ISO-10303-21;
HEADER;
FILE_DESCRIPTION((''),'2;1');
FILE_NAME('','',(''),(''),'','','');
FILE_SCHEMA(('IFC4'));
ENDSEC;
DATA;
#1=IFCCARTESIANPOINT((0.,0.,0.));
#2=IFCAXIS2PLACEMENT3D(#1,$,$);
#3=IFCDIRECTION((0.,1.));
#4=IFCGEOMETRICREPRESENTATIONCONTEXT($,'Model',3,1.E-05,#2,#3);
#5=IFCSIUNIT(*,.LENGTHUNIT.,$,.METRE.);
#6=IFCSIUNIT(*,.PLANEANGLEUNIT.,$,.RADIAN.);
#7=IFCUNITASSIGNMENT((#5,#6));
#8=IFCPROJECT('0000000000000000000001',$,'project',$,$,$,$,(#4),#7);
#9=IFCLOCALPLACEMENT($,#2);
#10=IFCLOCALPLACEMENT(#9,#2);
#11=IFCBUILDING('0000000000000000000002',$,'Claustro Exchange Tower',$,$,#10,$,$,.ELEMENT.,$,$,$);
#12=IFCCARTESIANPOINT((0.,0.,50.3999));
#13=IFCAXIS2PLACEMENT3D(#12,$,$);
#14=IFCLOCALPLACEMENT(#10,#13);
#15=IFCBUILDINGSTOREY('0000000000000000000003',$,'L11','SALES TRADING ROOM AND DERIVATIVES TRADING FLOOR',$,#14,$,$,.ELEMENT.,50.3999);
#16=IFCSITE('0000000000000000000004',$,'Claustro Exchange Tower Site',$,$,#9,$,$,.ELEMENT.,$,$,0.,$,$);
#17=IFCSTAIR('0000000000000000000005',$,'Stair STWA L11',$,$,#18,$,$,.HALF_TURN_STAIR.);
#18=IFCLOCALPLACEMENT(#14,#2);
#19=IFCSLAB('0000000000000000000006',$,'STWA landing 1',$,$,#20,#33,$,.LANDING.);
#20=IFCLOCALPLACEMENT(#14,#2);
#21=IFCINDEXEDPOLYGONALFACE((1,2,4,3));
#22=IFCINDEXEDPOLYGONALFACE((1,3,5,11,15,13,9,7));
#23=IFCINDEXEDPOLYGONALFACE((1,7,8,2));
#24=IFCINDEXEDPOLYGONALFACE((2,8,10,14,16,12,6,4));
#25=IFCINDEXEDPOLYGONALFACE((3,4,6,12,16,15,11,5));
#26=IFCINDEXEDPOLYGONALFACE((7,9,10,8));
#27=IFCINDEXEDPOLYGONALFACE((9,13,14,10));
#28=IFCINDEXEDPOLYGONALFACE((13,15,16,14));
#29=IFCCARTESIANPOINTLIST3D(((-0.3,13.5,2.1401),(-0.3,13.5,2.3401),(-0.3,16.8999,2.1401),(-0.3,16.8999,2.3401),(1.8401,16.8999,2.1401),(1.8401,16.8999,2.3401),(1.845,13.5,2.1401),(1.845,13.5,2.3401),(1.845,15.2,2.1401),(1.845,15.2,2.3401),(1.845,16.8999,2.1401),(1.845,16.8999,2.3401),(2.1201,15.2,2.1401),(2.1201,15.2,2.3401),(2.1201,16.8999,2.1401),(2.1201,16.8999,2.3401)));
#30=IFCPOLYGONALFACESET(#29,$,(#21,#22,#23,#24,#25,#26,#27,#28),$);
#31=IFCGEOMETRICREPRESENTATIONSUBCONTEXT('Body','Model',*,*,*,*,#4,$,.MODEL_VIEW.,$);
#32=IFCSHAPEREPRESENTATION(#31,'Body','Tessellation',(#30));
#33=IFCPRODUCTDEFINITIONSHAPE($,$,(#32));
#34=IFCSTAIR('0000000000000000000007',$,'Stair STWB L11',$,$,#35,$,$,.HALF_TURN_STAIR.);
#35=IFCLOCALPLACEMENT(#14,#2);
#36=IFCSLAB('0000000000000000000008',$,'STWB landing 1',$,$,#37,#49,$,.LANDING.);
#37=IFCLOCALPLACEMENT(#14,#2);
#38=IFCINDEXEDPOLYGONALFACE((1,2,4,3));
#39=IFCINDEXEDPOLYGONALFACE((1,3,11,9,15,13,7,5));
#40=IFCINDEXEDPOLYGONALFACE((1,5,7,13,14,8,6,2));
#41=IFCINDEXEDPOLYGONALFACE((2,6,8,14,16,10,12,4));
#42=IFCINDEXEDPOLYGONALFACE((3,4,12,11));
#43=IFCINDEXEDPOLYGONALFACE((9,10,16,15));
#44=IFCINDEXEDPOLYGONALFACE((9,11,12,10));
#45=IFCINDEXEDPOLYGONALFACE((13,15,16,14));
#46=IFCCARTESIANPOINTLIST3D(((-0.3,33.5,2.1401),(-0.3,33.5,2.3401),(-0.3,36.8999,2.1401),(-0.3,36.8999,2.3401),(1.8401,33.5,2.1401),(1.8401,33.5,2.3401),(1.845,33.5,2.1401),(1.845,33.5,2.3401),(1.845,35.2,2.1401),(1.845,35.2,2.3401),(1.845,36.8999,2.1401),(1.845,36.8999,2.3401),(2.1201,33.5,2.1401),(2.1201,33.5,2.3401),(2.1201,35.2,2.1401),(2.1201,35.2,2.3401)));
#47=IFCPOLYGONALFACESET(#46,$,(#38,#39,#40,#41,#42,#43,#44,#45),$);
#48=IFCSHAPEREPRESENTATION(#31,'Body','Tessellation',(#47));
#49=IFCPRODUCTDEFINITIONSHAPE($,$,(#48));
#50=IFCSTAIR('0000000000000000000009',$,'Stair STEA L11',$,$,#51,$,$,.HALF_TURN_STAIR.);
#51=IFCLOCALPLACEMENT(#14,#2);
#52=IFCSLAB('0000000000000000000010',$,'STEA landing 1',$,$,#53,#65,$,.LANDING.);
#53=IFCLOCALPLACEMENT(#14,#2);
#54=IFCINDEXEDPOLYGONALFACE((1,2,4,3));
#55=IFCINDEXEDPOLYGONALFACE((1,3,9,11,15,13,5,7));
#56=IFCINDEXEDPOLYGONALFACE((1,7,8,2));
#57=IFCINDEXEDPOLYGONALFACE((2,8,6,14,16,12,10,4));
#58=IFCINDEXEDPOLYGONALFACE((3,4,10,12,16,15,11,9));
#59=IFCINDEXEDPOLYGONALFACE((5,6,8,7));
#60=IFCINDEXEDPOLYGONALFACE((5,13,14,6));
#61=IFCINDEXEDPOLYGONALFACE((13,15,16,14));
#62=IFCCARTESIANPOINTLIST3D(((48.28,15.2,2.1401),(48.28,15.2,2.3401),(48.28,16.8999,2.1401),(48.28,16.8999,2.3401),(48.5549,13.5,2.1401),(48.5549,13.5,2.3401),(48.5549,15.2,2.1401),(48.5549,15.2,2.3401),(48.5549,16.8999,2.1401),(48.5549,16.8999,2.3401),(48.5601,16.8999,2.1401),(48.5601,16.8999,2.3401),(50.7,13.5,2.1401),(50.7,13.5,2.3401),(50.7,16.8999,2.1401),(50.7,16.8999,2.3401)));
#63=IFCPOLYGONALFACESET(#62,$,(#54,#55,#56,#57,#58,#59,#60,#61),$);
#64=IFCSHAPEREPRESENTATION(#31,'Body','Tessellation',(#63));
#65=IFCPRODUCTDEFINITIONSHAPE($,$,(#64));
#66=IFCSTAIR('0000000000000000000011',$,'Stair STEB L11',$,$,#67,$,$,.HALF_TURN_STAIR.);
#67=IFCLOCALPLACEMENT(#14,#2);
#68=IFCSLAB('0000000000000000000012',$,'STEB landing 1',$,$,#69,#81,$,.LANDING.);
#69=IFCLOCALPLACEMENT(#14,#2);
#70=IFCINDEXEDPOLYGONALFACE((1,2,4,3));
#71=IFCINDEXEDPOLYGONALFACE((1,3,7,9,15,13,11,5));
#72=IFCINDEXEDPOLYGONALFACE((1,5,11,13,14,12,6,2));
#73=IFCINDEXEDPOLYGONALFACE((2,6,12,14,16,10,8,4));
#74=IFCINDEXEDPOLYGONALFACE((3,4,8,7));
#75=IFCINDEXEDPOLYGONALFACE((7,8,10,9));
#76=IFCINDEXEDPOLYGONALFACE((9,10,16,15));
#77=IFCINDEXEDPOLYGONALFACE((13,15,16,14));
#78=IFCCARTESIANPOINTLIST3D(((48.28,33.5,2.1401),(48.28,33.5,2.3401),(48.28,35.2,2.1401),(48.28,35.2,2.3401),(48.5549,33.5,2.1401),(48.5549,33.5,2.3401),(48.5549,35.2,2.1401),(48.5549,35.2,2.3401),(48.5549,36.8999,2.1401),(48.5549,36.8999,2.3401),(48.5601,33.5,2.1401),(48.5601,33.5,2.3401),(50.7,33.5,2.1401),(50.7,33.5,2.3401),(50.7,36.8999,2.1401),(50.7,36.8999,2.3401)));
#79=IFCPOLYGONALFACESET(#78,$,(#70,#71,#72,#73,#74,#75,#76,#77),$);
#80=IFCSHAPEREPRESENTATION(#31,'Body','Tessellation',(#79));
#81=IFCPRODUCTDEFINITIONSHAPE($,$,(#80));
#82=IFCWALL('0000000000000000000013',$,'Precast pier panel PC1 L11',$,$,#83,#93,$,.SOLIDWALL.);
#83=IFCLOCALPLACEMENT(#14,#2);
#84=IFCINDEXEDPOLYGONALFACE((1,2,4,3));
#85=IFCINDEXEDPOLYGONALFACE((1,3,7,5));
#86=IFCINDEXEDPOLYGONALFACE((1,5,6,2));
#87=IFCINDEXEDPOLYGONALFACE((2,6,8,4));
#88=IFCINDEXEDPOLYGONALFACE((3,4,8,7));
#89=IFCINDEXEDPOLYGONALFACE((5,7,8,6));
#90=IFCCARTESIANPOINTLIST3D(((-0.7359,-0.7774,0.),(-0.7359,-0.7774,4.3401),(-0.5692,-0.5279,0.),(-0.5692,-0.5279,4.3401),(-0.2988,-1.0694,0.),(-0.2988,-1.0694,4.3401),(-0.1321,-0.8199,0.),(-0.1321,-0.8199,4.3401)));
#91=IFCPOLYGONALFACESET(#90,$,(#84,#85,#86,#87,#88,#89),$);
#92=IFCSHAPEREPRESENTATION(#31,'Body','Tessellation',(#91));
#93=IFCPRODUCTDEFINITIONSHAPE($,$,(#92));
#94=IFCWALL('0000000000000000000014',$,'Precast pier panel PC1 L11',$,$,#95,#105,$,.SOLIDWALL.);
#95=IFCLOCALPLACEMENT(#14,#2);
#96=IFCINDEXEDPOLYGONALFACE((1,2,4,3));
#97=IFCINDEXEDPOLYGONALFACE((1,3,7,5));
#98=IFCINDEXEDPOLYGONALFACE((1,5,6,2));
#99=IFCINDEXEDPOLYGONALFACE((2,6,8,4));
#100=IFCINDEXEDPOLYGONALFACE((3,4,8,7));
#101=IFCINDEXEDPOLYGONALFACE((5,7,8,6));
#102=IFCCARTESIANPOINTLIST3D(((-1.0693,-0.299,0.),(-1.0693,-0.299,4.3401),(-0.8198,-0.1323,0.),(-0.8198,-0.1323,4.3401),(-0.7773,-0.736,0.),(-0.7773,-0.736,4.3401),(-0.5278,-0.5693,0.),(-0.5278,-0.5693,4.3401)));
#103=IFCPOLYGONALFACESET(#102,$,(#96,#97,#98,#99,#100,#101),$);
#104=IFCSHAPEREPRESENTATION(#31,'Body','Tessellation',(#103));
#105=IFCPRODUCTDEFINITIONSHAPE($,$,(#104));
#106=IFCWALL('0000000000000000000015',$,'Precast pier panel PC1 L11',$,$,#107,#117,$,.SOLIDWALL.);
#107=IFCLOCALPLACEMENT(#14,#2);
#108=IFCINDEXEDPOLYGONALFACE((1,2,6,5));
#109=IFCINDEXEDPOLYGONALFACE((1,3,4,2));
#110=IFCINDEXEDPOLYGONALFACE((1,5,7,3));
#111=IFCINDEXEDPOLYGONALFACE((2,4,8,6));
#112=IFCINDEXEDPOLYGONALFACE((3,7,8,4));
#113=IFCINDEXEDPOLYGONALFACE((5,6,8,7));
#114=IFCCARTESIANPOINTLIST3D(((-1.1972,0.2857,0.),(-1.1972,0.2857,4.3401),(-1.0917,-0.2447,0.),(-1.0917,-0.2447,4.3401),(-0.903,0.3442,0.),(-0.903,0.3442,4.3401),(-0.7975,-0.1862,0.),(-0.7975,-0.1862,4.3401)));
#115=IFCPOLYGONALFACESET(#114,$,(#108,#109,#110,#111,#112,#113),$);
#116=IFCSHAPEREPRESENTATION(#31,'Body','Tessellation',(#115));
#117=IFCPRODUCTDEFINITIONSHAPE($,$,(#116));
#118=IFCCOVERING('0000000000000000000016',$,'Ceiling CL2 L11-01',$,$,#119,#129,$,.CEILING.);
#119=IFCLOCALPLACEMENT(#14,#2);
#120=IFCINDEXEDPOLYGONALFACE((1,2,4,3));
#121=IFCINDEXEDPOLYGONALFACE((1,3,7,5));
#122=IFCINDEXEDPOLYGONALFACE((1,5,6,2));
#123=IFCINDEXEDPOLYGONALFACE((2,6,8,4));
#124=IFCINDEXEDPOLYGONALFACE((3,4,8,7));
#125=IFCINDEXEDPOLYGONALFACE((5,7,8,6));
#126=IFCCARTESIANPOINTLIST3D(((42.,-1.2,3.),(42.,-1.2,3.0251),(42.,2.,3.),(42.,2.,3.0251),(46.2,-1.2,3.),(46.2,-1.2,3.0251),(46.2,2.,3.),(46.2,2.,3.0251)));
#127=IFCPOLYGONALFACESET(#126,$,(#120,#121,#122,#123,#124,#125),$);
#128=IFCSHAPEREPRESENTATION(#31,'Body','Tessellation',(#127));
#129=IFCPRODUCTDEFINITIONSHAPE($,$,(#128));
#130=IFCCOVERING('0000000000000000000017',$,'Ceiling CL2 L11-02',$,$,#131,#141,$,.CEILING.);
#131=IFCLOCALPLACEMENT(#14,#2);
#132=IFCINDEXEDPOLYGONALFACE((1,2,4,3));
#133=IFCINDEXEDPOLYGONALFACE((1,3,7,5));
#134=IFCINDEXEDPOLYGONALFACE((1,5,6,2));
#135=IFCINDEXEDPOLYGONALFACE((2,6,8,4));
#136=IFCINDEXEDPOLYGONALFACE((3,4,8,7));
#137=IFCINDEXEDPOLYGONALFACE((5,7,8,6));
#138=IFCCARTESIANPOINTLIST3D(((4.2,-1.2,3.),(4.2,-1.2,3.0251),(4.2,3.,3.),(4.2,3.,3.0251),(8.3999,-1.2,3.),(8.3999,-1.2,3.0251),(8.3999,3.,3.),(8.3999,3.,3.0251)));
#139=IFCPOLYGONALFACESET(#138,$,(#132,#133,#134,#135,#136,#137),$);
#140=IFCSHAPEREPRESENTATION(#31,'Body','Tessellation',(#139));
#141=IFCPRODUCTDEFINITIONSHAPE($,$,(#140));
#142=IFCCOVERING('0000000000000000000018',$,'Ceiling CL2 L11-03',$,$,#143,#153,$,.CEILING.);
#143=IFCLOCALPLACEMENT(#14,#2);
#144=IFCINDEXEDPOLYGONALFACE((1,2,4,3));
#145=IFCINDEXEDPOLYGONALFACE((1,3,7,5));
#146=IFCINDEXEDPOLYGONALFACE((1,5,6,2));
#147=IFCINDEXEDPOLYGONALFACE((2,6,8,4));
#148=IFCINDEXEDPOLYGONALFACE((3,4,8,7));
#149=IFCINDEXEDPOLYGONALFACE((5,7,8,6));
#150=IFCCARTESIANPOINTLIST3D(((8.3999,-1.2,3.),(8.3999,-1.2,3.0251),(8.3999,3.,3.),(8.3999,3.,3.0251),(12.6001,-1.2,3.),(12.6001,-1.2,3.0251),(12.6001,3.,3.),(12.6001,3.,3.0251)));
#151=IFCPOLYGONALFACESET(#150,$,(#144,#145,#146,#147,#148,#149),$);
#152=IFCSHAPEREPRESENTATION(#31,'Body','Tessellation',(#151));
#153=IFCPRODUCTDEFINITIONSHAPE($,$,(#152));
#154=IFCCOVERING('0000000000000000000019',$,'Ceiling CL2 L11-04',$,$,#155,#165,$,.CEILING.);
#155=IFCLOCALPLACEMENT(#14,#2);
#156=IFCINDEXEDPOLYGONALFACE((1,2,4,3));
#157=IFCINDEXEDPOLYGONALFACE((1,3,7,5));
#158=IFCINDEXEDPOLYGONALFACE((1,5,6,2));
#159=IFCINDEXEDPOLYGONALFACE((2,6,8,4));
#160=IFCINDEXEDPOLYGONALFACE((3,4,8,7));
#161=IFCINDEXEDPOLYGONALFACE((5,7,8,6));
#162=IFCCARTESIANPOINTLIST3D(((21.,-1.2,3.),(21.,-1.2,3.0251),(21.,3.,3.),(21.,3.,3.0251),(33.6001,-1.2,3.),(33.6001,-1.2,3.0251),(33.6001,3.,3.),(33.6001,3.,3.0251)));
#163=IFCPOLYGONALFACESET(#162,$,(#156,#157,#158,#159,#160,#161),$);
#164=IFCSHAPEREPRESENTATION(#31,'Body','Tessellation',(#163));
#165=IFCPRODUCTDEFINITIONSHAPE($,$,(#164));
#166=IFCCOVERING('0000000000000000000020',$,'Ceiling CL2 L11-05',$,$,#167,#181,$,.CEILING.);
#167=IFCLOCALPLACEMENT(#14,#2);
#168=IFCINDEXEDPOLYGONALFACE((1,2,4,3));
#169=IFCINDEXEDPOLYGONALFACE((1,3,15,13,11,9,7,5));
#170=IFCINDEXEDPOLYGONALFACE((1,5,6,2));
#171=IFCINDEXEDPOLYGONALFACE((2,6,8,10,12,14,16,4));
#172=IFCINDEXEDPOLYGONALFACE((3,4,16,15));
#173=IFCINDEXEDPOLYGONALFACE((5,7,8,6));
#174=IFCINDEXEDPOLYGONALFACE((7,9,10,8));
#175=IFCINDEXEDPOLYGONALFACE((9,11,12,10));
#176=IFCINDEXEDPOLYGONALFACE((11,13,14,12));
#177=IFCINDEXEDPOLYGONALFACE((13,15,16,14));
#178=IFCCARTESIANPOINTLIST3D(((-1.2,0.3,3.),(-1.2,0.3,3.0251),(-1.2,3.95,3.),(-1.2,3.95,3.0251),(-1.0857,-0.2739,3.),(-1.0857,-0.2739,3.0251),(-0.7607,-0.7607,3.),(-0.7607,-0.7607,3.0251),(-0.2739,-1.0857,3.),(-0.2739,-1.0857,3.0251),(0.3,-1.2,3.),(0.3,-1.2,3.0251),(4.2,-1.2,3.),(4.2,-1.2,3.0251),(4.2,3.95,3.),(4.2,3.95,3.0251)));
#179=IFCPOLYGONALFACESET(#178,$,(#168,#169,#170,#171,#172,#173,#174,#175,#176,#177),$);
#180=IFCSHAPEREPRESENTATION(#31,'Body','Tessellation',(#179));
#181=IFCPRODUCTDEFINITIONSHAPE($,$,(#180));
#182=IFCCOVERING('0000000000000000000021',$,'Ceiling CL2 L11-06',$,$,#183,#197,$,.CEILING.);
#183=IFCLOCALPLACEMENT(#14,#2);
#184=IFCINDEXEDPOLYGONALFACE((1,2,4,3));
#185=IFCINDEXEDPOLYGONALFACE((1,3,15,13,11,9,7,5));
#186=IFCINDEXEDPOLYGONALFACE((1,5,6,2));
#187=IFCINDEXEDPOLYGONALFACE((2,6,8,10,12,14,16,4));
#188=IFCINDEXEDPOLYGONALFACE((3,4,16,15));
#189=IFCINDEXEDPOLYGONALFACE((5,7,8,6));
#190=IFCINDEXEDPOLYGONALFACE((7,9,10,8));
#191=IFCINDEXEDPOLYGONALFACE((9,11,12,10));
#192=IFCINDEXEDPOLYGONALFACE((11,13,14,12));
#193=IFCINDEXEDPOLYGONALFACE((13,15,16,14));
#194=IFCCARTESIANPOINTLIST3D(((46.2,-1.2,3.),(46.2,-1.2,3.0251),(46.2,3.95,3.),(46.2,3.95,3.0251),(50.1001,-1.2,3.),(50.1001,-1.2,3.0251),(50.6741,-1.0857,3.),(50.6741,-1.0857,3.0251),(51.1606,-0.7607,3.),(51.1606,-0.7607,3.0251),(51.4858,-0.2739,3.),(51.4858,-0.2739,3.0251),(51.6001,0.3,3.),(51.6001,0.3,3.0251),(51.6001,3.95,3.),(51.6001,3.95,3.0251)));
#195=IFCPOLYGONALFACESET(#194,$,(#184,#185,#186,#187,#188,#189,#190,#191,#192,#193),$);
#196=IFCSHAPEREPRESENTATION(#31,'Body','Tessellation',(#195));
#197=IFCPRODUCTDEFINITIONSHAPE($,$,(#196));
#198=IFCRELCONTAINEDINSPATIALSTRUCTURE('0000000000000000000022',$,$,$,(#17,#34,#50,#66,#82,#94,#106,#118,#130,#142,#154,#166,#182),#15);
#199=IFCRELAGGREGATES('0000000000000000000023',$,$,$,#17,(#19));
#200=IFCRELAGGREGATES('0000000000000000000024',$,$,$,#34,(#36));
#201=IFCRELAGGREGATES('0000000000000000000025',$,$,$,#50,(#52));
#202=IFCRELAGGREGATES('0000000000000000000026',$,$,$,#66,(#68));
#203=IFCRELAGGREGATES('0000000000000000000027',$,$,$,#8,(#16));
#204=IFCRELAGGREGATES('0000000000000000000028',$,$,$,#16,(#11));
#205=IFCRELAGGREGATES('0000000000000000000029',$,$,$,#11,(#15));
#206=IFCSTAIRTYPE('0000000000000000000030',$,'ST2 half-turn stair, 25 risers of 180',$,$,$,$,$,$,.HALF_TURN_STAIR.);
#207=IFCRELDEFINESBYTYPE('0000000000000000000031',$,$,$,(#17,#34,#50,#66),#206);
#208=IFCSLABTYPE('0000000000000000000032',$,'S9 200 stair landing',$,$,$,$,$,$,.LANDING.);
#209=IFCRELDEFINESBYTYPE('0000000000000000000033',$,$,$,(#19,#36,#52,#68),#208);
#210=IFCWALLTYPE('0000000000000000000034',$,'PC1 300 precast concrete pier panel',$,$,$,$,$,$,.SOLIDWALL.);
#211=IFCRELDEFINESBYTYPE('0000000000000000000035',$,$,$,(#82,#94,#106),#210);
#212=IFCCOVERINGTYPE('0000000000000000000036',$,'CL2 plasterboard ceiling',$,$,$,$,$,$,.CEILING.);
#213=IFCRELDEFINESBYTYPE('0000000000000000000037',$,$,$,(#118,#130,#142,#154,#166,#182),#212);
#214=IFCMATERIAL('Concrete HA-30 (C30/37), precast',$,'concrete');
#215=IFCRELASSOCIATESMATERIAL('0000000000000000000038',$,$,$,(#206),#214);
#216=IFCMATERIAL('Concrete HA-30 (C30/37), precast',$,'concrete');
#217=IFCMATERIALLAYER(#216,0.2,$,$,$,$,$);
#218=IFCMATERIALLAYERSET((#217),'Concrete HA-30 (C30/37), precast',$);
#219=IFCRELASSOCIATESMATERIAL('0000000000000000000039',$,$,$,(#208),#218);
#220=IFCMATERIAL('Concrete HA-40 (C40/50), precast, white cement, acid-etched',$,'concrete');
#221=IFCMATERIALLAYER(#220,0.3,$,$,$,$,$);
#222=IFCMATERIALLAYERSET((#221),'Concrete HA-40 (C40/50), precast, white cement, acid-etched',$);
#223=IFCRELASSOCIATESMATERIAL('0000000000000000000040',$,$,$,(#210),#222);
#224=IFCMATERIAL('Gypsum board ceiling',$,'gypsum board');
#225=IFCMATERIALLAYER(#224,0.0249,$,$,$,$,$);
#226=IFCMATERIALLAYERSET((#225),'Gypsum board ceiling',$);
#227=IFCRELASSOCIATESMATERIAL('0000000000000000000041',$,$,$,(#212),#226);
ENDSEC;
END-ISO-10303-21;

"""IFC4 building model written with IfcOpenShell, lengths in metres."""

from ifc_helpers import new_model, si_unit, direction, frame, frame_2d, origin, place, context, subcontext, project, spatial, polyline, rectangle, outline, extrude, material, layer, layer_set, type_object, element, aggregate, save


model = new_model("IFC4")

# Units and contexts
model_context = context("Model", 3, precision=1e-05, world=origin(), true_north=direction((0.0, 1.0)))
body_context = subcontext(model_context, "Body", "Model", "MODEL_VIEW")
ifc_project = project(units=[si_unit("LENGTHUNIT", "METRE"), si_unit("PLANEANGLEUNIT", "RADIAN")], contexts=[model_context])

# Site, building, storey
site_placement = place(None, origin())
site = spatial("IfcSite", under=ifc_project, at=site_placement, Name="Claustro Exchange Tower Site", CompositionType="ELEMENT", RefElevation=0.0)
building_placement = place(site_placement, origin())
building = spatial("IfcBuilding", under=site, at=building_placement, Name="Claustro Exchange Tower", CompositionType="ELEMENT")
storey_placement = place(building_placement, frame((0.0, 0.0, 50.3999)))
storey = spatial("IfcBuildingStorey", under=building, at=storey_placement, Name="L11", Description="SALES TRADING ROOM AND DERIVATIVES TRADING FLOOR", CompositionType="ELEMENT", Elevation=50.3999)

# Stairs, slabs
ifc_material_1 = material(Name="Concrete HA-30 (C30/37), precast", Category="concrete")
stair_type = type_object("IfcStairType", Name="ST2 half-turn stair, 25 risers of 180", PredefinedType="HALF_TURN_STAIR", material=ifc_material_1)
stair_1_placement = place(storey_placement, origin())
stair_1 = element("IfcStair", 1, at=stair_1_placement, inside=storey, type_object=stair_type, Name="Stair STWA L11", PredefinedType="HALF_TURN_STAIR")
ifc_material_2 = material(Name="Concrete HA-30 (C30/37), precast", Category="concrete")
ifc_layer_1 = layer(ifc_material_2, 0.2)
ifc_layer_set_1 = layer_set([ifc_layer_1], Name="Concrete HA-30 (C30/37), precast")
slab_type_1 = type_object("IfcSlabType", Name="S9 200 stair landing", PredefinedType="LANDING", material=ifc_layer_set_1)
slab_1_placement = place(storey_placement, frame((0.0, 0.0, 2.1401)))
slab_1 = element("IfcSlab", 2, at=slab_1_placement, type_object=slab_type_1, Name="STWA landing 1", PredefinedType="LANDING", context=body_context, shape_type="SweptSolid", body=[
    extrude(outline(polyline([(1.845, 13.5), (-0.3, 13.5), (-0.3, 16.8999), (1.8401, 16.8999), (1.845, 16.8999), (2.1201, 16.8999), (2.1201, 15.2), (1.845, 15.2), (1.845, 13.5)])), origin(), (0.0, 0.0, 1.0), 0.2),
])
aggregate(stair_1, [slab_1])
stair_2_placement = place(storey_placement, origin())
stair_2 = element("IfcStair", 3, at=stair_2_placement, inside=storey, type_object=stair_type, Name="Stair STWB L11", PredefinedType="HALF_TURN_STAIR")
slab_2_placement = place(storey_placement, frame((0.0, 0.0, 2.1401)))
slab_2 = element("IfcSlab", 4, at=slab_2_placement, type_object=slab_type_1, Name="STWB landing 1", PredefinedType="LANDING", context=body_context, shape_type="SweptSolid", body=[
    extrude(outline(polyline([(2.1201, 35.2), (2.1201, 33.5), (1.845, 33.5), (1.8401, 33.5), (-0.3, 33.5), (-0.3, 36.8999), (1.845, 36.8999), (1.845, 35.2), (2.1201, 35.2)])), origin(), (0.0, 0.0, 1.0), 0.2),
])
aggregate(stair_2, [slab_2])
stair_3_placement = place(storey_placement, origin())
stair_3 = element("IfcStair", 5, at=stair_3_placement, inside=storey, type_object=stair_type, Name="Stair STEA L11", PredefinedType="HALF_TURN_STAIR")
slab_3_placement = place(storey_placement, frame((0.0, 0.0, 2.1401)))
slab_3 = element("IfcSlab", 6, at=slab_3_placement, type_object=slab_type_1, Name="STEA landing 1", PredefinedType="LANDING", context=body_context, shape_type="SweptSolid", body=[
    extrude(outline(polyline([(50.7, 16.8999), (50.7, 13.5), (48.5549, 13.5), (48.5549, 15.2), (48.28, 15.2), (48.28, 16.8999), (48.5549, 16.8999), (48.5601, 16.8999), (50.7, 16.8999)])), origin(), (0.0, 0.0, 1.0), 0.2),
])
aggregate(stair_3, [slab_3])
stair_4_placement = place(storey_placement, origin())
stair_4 = element("IfcStair", 7, at=stair_4_placement, inside=storey, type_object=stair_type, Name="Stair STEB L11", PredefinedType="HALF_TURN_STAIR")
slab_4_placement = place(storey_placement, frame((0.0, 0.0, 2.1401)))
slab_4 = element("IfcSlab", 8, at=slab_4_placement, type_object=slab_type_1, Name="STEB landing 1", PredefinedType="LANDING", context=body_context, shape_type="SweptSolid", body=[
    extrude(outline(polyline([(48.28, 33.5), (48.28, 35.2), (48.5549, 35.2), (48.5549, 36.8999), (50.7, 36.8999), (50.7, 33.5), (48.5601, 33.5), (48.5549, 33.5), (48.28, 33.5)])), origin(), (0.0, 0.0, 1.0), 0.2),
])
aggregate(stair_4, [slab_4])

# Walls
ifc_material_3 = material(Name="Concrete HA-40 (C40/50), precast, white cement, acid-etched", Category="concrete")
ifc_layer_2 = layer(ifc_material_3, 0.3)
ifc_layer_set_2 = layer_set([ifc_layer_2], Name="Concrete HA-40 (C40/50), precast, white cement, acid-etched")
wall_type = type_object("IfcWallType", Name="PC1 300 precast concrete pier panel", PredefinedType="SOLIDWALL", material=ifc_layer_set_2)
for number, where, z_axis, x_axis, name in (
    (9, (-0.2156, -0.9446, 0.0), (0.0, 0.0, 1.0), (-0.831478, 0.555557, 0.0), "Precast pier panel PC1 L11"),
    (10, (-0.6526, -0.6526, 0.0), (0.0, 0.0, 1.0), (-0.555557, 0.831478, 0.0), "Precast pier panel PC1 L11"),
):
    element("IfcWall", number, at=place(storey_placement, frame(where, z_axis=z_axis, x_axis=x_axis)), inside=storey, type_object=wall_type, Name=name, PredefinedType="SOLIDWALL", context=body_context, shape_type="SweptSolid", body=[
        extrude(rectangle(XDim=0.5256, YDim=0.3, at=frame_2d((0.2627, 0.0))), origin(), (0.0, 0.0, 1.0), 4.3401),
    ])
wall_placement = place(storey_placement, frame((-0.9446, -0.2156, 0.0), z_axis=(0.0, 0.0, 1.0), x_axis=(-0.195074, 0.980789, 0.0)))
element("IfcWall", 11, at=wall_placement, inside=storey, type_object=wall_type, Name="Precast pier panel PC1 L11", PredefinedType="SOLIDWALL", context=body_context, shape_type="SweptSolid", body=[
    extrude(rectangle(XDim=0.5408, YDim=0.3, at=frame_2d((0.2705, 0.0))), origin(), (0.0, 0.0, 1.0), 4.3401),
])

# Coverings
ifc_material_4 = material(Name="Gypsum board ceiling", Category="gypsum board")
ifc_layer_3 = layer(ifc_material_4, 0.0249)
ifc_layer_set_3 = layer_set([ifc_layer_3], Name="Gypsum board ceiling")
covering_type = type_object("IfcCoveringType", Name="CL2 plasterboard ceiling", PredefinedType="CEILING", material=ifc_layer_set_3)
covering_1_placement = place(storey_placement, frame((0.0, 0.0, 3.0)))
element("IfcCovering", 12, at=covering_1_placement, inside=storey, type_object=covering_type, Name="Ceiling CL2 L11-01", PredefinedType="CEILING", context=body_context, shape_type="SweptSolid", body=[
    extrude(outline(polyline([(42.0, -1.2), (46.2, -1.2), (46.2, 2.0), (42.0, 2.0), (42.0, -1.2)])), origin(), (0.0, 0.0, 1.0), 0.0251),
])
covering_2_placement = place(storey_placement, frame((0.0, 0.0, 3.0)))
element("IfcCovering", 13, at=covering_2_placement, inside=storey, type_object=covering_type, Name="Ceiling CL2 L11-02", PredefinedType="CEILING", context=body_context, shape_type="SweptSolid", body=[
    extrude(outline(polyline([(4.2, -1.2), (8.3999, -1.2), (8.3999, 3.0), (4.2, 3.0), (4.2, -1.2)])), origin(), (0.0, 0.0, 1.0), 0.0251),
])
covering_3_placement = place(storey_placement, frame((0.0, 0.0, 3.0)))
element("IfcCovering", 14, at=covering_3_placement, inside=storey, type_object=covering_type, Name="Ceiling CL2 L11-03", PredefinedType="CEILING", context=body_context, shape_type="SweptSolid", body=[
    extrude(outline(polyline([(8.3999, -1.2), (12.6001, -1.2), (12.6001, 3.0), (8.3999, 3.0), (8.3999, -1.2)])), origin(), (0.0, 0.0, 1.0), 0.0251),
])
covering_4_placement = place(storey_placement, frame((0.0, 0.0, 3.0)))
element("IfcCovering", 15, at=covering_4_placement, inside=storey, type_object=covering_type, Name="Ceiling CL2 L11-04", PredefinedType="CEILING", context=body_context, shape_type="SweptSolid", body=[
    extrude(outline(polyline([(21.0, -1.2), (33.6001, -1.2), (33.6001, 3.0), (21.0, 3.0), (21.0, -1.2)])), origin(), (0.0, 0.0, 1.0), 0.0251),
])
covering_5_placement = place(storey_placement, frame((0.0, 0.0, 3.0)))
element("IfcCovering", 16, at=covering_5_placement, inside=storey, type_object=covering_type, Name="Ceiling CL2 L11-05", PredefinedType="CEILING", context=body_context, shape_type="SweptSolid", body=[
    extrude(outline(polyline([(-1.0857, -0.2739), (-0.7607, -0.7607), (-0.2739, -1.0857), (0.3, -1.2), (4.2, -1.2), (4.2, 3.95), (-1.2, 3.95), (-1.2, 0.3), (-1.0857, -0.2739)])), origin(), (0.0, 0.0, 1.0), 0.0251),
])
covering_6_placement = place(storey_placement, frame((0.0, 0.0, 3.0)))
element("IfcCovering", 17, at=covering_6_placement, inside=storey, type_object=covering_type, Name="Ceiling CL2 L11-06", PredefinedType="CEILING", context=body_context, shape_type="SweptSolid", body=[
    extrude(outline(polyline([(51.6001, 0.3), (51.6001, 3.95), (46.2, 3.95), (46.2, -1.2), (50.1001, -1.2), (50.6741, -1.0857), (51.1606, -0.7607), (51.4858, -0.2739), (51.6001, 0.3)])), origin(), (0.0, 0.0, 1.0), 0.0251),
])

save(model, "model.ifc")
